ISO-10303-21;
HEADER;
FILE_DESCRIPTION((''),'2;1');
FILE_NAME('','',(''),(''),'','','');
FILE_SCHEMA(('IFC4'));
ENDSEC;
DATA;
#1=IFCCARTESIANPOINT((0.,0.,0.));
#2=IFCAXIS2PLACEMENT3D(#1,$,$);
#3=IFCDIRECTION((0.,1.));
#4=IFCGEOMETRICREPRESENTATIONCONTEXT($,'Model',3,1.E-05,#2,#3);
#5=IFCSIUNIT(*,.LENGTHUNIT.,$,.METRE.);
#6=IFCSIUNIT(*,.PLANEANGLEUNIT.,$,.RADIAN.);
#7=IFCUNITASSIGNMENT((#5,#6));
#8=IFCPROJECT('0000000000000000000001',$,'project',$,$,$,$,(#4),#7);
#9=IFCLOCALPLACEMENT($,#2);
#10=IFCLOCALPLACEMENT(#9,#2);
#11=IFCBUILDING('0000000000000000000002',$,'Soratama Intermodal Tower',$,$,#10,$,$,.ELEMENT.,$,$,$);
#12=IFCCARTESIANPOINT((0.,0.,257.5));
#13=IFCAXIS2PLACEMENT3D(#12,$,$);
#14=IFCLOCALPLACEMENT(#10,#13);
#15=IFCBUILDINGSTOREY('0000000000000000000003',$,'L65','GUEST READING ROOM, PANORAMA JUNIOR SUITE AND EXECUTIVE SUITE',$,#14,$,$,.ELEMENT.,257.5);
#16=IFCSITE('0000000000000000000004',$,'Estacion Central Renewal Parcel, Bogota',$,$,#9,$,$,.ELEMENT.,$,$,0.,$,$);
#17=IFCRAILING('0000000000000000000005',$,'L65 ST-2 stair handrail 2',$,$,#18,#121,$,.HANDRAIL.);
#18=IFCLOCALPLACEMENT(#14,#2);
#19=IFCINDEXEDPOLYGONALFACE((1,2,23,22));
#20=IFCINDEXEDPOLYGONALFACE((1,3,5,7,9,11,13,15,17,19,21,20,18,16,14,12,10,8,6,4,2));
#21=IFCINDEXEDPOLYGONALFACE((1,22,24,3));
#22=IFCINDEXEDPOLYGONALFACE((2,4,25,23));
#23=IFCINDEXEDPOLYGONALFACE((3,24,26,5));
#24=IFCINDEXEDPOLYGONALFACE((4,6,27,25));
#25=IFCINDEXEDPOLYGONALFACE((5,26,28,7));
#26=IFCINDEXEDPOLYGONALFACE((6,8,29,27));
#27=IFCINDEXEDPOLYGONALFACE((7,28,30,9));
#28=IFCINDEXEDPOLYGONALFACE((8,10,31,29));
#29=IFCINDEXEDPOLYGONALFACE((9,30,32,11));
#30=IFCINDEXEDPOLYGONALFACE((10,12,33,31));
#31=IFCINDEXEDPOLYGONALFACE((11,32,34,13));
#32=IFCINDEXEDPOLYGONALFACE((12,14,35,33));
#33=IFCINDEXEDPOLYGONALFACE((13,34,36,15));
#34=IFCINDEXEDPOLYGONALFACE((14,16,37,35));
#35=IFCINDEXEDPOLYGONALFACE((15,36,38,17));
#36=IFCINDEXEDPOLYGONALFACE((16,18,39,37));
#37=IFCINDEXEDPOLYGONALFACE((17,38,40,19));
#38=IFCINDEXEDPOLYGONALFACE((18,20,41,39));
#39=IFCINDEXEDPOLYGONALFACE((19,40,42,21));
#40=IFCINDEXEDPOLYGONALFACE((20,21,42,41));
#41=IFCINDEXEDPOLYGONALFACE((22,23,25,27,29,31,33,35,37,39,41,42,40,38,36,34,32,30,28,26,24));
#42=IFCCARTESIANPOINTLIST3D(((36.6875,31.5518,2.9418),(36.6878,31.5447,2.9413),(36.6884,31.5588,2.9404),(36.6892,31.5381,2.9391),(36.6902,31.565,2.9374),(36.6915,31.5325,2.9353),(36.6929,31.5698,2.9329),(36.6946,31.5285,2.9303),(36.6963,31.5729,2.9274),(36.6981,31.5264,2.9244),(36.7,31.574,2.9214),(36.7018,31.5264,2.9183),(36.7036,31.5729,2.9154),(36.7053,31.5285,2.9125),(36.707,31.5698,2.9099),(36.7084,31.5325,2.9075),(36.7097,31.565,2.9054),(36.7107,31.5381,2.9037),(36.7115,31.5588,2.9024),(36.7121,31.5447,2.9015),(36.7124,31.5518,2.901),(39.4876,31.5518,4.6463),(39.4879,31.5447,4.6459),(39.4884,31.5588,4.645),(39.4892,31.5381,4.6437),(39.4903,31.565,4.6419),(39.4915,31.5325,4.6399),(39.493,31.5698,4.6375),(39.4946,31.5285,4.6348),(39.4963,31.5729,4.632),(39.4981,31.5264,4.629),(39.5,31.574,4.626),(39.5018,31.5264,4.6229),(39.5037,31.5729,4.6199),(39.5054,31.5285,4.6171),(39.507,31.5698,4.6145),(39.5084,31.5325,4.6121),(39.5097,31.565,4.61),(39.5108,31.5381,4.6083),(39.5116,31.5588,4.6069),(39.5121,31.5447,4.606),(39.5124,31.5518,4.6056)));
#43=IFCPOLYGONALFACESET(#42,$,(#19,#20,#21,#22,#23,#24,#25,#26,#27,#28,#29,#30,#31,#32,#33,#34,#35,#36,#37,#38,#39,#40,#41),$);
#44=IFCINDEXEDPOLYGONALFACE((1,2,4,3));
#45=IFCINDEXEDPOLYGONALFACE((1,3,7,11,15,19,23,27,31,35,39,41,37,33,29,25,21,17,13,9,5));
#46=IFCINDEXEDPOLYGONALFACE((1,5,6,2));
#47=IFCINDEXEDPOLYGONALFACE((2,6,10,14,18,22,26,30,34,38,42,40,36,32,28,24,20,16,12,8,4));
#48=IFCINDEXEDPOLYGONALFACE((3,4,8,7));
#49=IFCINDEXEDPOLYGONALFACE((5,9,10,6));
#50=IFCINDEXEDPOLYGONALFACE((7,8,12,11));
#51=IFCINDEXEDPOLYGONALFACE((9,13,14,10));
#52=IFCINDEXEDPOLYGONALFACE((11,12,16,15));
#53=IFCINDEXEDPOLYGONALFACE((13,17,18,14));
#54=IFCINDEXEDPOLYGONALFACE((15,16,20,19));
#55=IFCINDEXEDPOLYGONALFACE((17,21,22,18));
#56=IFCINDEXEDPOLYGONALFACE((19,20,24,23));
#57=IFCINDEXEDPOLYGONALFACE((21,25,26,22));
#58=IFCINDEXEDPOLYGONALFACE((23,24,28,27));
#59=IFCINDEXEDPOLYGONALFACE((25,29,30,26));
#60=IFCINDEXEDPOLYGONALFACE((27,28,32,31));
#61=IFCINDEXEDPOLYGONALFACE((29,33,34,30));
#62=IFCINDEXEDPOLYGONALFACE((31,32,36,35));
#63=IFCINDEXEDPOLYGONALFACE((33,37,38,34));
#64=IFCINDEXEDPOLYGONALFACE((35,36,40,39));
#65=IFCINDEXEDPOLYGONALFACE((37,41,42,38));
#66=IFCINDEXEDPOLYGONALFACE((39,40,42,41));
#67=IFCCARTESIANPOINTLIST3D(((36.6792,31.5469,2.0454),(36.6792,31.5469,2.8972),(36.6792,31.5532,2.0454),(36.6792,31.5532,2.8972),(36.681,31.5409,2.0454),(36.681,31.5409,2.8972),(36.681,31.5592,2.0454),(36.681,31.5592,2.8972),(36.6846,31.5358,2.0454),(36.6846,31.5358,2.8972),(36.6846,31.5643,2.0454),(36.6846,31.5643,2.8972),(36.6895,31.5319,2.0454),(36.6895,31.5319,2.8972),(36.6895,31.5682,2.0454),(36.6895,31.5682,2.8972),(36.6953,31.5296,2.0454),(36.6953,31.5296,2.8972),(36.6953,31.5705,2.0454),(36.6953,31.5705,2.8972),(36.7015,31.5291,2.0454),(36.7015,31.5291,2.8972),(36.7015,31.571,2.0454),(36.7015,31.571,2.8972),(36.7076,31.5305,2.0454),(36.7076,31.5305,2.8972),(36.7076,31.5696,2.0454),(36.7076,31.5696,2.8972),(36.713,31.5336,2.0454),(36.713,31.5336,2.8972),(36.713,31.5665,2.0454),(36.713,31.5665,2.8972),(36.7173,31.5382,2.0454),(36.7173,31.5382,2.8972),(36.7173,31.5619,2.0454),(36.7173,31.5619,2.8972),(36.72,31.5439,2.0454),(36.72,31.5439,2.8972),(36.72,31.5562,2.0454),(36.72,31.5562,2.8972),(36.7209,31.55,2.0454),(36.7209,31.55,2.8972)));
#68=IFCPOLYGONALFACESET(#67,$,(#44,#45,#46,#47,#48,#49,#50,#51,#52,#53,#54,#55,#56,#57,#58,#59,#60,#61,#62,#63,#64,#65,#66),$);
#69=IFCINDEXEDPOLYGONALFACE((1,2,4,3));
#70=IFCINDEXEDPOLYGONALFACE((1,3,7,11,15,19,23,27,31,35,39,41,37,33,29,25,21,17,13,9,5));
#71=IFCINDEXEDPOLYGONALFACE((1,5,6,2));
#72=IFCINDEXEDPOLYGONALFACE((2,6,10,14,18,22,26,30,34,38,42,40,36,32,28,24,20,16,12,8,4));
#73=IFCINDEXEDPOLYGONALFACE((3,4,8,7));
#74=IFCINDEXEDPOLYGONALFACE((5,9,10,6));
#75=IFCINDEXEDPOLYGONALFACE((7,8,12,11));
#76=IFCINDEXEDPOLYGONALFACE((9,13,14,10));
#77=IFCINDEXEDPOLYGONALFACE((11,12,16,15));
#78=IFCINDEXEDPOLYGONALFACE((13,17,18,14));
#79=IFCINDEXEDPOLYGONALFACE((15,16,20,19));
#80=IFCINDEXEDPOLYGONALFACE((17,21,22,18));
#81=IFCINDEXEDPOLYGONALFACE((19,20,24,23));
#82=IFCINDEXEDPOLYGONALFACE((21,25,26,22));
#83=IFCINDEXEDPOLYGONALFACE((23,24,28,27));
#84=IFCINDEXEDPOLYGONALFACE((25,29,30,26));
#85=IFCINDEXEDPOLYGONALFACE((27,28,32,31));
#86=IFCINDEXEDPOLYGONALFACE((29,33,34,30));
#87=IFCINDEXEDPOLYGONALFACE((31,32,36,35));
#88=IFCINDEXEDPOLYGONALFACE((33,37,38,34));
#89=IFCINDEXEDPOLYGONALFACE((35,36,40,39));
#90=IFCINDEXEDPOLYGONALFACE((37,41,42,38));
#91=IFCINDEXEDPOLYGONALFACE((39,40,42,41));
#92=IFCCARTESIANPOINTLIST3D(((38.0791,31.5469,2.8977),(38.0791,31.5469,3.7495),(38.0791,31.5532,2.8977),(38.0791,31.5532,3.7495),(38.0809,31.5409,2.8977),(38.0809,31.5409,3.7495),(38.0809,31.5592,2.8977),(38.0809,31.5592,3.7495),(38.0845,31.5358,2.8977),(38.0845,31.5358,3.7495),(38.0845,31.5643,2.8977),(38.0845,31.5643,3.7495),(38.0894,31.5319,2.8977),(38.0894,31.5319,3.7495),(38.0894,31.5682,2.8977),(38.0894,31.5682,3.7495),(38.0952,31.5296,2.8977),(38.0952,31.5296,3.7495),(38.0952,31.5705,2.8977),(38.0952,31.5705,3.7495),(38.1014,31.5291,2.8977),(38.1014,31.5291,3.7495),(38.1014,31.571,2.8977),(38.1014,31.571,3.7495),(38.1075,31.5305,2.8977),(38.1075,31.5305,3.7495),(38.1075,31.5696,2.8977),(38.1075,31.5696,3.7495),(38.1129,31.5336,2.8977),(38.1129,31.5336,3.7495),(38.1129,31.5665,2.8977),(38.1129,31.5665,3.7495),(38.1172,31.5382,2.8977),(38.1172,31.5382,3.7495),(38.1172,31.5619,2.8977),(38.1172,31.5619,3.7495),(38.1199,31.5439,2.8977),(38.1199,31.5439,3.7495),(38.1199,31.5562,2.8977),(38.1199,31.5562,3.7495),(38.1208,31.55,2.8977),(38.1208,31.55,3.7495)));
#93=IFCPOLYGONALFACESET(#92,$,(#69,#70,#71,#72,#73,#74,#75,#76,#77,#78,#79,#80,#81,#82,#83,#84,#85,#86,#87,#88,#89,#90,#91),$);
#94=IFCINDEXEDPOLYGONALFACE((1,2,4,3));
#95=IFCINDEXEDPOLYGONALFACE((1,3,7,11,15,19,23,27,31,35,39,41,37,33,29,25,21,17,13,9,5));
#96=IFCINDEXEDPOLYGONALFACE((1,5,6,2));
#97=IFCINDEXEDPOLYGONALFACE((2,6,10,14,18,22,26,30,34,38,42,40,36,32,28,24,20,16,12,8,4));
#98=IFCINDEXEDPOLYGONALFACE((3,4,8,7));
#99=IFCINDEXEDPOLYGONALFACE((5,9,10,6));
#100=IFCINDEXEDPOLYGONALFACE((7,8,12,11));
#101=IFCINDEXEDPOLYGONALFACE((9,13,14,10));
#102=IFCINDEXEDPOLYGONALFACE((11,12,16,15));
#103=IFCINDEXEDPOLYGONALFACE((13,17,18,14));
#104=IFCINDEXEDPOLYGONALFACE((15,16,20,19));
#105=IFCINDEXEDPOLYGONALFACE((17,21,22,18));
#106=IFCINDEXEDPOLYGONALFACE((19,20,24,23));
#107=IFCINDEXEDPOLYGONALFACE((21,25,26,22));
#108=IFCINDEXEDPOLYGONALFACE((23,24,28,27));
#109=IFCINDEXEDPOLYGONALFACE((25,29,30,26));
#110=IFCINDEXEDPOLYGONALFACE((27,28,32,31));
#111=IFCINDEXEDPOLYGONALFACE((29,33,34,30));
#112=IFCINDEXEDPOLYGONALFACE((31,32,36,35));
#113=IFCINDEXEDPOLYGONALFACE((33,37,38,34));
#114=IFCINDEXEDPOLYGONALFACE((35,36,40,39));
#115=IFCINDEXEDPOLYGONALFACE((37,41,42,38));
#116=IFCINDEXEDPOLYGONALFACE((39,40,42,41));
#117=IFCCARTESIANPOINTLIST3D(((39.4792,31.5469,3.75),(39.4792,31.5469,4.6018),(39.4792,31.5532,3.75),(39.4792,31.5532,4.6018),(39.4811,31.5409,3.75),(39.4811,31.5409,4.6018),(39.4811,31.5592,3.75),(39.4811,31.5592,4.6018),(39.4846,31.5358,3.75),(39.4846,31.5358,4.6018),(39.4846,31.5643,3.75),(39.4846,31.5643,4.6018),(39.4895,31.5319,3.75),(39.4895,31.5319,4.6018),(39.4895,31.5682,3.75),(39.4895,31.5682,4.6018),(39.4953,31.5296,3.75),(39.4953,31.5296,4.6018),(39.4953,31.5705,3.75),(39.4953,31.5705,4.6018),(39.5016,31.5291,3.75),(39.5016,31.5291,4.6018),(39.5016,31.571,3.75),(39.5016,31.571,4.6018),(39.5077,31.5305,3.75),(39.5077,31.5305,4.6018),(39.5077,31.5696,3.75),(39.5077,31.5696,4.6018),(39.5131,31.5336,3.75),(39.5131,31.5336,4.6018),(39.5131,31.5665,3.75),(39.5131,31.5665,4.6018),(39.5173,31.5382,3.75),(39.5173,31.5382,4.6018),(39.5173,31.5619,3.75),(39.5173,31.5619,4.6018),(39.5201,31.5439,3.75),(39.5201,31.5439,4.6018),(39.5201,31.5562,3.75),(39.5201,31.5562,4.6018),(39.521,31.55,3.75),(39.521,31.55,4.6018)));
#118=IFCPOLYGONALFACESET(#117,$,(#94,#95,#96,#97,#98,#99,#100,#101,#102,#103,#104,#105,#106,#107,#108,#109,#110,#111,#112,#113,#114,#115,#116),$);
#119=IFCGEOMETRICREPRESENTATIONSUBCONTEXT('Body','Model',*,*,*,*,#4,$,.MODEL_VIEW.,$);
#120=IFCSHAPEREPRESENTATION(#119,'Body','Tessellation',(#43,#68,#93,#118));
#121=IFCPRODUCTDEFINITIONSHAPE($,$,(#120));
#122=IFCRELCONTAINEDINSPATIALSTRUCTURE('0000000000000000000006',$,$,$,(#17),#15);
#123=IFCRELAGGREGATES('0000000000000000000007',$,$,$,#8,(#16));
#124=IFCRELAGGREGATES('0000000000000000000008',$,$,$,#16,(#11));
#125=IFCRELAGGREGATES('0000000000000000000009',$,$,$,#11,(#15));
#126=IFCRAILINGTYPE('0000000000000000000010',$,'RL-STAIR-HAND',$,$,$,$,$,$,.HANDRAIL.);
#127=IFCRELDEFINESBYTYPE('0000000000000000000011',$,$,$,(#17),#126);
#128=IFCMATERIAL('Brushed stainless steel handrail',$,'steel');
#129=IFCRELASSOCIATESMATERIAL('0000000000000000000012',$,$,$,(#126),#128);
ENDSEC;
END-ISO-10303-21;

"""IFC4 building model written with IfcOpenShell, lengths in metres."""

from ifc_helpers import new_model, si_unit, direction, frame, origin, origin_2d, place, context, subcontext, project, spatial, circle, extrude, material, type_object, element, save


model = new_model("IFC4")

# Units and contexts
model_context = context("Model", 3, precision=1e-05, world=origin(), true_north=direction((0.0, 1.0)))
body_context = subcontext(model_context, "Body", "Model", "MODEL_VIEW")
ifc_project = project(units=[si_unit("LENGTHUNIT", "METRE"), si_unit("PLANEANGLEUNIT", "RADIAN")], contexts=[model_context])

# Site, building, storey
site_placement = place(None, origin())
site = spatial("IfcSite", under=ifc_project, at=site_placement, Name="Estacion Central Renewal Parcel, Bogota", CompositionType="ELEMENT", RefElevation=0.0)
building_placement = place(site_placement, origin())
building = spatial("IfcBuilding", under=site, at=building_placement, Name="Soratama Intermodal Tower", CompositionType="ELEMENT")
storey_placement = place(building_placement, frame((0.0, 0.0, 257.5)))
storey = spatial("IfcBuildingStorey", under=building, at=storey_placement, Name="L65", Description="GUEST READING ROOM, PANORAMA JUNIOR SUITE AND EXECUTIVE SUITE", CompositionType="ELEMENT", Elevation=257.5)

# Railing
ifc_material_1 = material(Name="Brushed stainless steel handrail", Category="steel")
railing_type_1 = type_object("IfcRailingType", Name="RL-STAIR-HAND", PredefinedType="HANDRAIL", material=ifc_material_1)
railing_1_placement = place(storey_placement, frame((36.7, 31.55, 2.0454)))
element("IfcRailing", 1, at=railing_1_placement, inside=storey, type_object=railing_type_1, Name="L65 ST-2 stair handrail 2", PredefinedType="HANDRAIL", context=body_context, shape_type="SweptSolid", body=[
    extrude(circle(Radius=0.0239, at=origin_2d()), frame((0.0, 0.0, 0.876), z_axis=(0.85417, 0.0, 0.519994), x_axis=(0.0, 1.0, 0.0)), (0.0, 0.0, 1.0), 3.2781),
    extrude(circle(Radius=0.021, at=origin_2d()), origin(), (0.0, 0.0, 1.0), 0.8518),
    extrude(circle(Radius=0.021, at=origin_2d()), frame((1.3999, 0.0, 0.8523)), (0.0, 0.0, 1.0), 0.8518),
    extrude(circle(Radius=0.021, at=origin_2d()), frame((2.8, 0.0, 1.7046)), (0.0, 0.0, 1.0), 0.8518),
])

save(model, "model.ifc")
